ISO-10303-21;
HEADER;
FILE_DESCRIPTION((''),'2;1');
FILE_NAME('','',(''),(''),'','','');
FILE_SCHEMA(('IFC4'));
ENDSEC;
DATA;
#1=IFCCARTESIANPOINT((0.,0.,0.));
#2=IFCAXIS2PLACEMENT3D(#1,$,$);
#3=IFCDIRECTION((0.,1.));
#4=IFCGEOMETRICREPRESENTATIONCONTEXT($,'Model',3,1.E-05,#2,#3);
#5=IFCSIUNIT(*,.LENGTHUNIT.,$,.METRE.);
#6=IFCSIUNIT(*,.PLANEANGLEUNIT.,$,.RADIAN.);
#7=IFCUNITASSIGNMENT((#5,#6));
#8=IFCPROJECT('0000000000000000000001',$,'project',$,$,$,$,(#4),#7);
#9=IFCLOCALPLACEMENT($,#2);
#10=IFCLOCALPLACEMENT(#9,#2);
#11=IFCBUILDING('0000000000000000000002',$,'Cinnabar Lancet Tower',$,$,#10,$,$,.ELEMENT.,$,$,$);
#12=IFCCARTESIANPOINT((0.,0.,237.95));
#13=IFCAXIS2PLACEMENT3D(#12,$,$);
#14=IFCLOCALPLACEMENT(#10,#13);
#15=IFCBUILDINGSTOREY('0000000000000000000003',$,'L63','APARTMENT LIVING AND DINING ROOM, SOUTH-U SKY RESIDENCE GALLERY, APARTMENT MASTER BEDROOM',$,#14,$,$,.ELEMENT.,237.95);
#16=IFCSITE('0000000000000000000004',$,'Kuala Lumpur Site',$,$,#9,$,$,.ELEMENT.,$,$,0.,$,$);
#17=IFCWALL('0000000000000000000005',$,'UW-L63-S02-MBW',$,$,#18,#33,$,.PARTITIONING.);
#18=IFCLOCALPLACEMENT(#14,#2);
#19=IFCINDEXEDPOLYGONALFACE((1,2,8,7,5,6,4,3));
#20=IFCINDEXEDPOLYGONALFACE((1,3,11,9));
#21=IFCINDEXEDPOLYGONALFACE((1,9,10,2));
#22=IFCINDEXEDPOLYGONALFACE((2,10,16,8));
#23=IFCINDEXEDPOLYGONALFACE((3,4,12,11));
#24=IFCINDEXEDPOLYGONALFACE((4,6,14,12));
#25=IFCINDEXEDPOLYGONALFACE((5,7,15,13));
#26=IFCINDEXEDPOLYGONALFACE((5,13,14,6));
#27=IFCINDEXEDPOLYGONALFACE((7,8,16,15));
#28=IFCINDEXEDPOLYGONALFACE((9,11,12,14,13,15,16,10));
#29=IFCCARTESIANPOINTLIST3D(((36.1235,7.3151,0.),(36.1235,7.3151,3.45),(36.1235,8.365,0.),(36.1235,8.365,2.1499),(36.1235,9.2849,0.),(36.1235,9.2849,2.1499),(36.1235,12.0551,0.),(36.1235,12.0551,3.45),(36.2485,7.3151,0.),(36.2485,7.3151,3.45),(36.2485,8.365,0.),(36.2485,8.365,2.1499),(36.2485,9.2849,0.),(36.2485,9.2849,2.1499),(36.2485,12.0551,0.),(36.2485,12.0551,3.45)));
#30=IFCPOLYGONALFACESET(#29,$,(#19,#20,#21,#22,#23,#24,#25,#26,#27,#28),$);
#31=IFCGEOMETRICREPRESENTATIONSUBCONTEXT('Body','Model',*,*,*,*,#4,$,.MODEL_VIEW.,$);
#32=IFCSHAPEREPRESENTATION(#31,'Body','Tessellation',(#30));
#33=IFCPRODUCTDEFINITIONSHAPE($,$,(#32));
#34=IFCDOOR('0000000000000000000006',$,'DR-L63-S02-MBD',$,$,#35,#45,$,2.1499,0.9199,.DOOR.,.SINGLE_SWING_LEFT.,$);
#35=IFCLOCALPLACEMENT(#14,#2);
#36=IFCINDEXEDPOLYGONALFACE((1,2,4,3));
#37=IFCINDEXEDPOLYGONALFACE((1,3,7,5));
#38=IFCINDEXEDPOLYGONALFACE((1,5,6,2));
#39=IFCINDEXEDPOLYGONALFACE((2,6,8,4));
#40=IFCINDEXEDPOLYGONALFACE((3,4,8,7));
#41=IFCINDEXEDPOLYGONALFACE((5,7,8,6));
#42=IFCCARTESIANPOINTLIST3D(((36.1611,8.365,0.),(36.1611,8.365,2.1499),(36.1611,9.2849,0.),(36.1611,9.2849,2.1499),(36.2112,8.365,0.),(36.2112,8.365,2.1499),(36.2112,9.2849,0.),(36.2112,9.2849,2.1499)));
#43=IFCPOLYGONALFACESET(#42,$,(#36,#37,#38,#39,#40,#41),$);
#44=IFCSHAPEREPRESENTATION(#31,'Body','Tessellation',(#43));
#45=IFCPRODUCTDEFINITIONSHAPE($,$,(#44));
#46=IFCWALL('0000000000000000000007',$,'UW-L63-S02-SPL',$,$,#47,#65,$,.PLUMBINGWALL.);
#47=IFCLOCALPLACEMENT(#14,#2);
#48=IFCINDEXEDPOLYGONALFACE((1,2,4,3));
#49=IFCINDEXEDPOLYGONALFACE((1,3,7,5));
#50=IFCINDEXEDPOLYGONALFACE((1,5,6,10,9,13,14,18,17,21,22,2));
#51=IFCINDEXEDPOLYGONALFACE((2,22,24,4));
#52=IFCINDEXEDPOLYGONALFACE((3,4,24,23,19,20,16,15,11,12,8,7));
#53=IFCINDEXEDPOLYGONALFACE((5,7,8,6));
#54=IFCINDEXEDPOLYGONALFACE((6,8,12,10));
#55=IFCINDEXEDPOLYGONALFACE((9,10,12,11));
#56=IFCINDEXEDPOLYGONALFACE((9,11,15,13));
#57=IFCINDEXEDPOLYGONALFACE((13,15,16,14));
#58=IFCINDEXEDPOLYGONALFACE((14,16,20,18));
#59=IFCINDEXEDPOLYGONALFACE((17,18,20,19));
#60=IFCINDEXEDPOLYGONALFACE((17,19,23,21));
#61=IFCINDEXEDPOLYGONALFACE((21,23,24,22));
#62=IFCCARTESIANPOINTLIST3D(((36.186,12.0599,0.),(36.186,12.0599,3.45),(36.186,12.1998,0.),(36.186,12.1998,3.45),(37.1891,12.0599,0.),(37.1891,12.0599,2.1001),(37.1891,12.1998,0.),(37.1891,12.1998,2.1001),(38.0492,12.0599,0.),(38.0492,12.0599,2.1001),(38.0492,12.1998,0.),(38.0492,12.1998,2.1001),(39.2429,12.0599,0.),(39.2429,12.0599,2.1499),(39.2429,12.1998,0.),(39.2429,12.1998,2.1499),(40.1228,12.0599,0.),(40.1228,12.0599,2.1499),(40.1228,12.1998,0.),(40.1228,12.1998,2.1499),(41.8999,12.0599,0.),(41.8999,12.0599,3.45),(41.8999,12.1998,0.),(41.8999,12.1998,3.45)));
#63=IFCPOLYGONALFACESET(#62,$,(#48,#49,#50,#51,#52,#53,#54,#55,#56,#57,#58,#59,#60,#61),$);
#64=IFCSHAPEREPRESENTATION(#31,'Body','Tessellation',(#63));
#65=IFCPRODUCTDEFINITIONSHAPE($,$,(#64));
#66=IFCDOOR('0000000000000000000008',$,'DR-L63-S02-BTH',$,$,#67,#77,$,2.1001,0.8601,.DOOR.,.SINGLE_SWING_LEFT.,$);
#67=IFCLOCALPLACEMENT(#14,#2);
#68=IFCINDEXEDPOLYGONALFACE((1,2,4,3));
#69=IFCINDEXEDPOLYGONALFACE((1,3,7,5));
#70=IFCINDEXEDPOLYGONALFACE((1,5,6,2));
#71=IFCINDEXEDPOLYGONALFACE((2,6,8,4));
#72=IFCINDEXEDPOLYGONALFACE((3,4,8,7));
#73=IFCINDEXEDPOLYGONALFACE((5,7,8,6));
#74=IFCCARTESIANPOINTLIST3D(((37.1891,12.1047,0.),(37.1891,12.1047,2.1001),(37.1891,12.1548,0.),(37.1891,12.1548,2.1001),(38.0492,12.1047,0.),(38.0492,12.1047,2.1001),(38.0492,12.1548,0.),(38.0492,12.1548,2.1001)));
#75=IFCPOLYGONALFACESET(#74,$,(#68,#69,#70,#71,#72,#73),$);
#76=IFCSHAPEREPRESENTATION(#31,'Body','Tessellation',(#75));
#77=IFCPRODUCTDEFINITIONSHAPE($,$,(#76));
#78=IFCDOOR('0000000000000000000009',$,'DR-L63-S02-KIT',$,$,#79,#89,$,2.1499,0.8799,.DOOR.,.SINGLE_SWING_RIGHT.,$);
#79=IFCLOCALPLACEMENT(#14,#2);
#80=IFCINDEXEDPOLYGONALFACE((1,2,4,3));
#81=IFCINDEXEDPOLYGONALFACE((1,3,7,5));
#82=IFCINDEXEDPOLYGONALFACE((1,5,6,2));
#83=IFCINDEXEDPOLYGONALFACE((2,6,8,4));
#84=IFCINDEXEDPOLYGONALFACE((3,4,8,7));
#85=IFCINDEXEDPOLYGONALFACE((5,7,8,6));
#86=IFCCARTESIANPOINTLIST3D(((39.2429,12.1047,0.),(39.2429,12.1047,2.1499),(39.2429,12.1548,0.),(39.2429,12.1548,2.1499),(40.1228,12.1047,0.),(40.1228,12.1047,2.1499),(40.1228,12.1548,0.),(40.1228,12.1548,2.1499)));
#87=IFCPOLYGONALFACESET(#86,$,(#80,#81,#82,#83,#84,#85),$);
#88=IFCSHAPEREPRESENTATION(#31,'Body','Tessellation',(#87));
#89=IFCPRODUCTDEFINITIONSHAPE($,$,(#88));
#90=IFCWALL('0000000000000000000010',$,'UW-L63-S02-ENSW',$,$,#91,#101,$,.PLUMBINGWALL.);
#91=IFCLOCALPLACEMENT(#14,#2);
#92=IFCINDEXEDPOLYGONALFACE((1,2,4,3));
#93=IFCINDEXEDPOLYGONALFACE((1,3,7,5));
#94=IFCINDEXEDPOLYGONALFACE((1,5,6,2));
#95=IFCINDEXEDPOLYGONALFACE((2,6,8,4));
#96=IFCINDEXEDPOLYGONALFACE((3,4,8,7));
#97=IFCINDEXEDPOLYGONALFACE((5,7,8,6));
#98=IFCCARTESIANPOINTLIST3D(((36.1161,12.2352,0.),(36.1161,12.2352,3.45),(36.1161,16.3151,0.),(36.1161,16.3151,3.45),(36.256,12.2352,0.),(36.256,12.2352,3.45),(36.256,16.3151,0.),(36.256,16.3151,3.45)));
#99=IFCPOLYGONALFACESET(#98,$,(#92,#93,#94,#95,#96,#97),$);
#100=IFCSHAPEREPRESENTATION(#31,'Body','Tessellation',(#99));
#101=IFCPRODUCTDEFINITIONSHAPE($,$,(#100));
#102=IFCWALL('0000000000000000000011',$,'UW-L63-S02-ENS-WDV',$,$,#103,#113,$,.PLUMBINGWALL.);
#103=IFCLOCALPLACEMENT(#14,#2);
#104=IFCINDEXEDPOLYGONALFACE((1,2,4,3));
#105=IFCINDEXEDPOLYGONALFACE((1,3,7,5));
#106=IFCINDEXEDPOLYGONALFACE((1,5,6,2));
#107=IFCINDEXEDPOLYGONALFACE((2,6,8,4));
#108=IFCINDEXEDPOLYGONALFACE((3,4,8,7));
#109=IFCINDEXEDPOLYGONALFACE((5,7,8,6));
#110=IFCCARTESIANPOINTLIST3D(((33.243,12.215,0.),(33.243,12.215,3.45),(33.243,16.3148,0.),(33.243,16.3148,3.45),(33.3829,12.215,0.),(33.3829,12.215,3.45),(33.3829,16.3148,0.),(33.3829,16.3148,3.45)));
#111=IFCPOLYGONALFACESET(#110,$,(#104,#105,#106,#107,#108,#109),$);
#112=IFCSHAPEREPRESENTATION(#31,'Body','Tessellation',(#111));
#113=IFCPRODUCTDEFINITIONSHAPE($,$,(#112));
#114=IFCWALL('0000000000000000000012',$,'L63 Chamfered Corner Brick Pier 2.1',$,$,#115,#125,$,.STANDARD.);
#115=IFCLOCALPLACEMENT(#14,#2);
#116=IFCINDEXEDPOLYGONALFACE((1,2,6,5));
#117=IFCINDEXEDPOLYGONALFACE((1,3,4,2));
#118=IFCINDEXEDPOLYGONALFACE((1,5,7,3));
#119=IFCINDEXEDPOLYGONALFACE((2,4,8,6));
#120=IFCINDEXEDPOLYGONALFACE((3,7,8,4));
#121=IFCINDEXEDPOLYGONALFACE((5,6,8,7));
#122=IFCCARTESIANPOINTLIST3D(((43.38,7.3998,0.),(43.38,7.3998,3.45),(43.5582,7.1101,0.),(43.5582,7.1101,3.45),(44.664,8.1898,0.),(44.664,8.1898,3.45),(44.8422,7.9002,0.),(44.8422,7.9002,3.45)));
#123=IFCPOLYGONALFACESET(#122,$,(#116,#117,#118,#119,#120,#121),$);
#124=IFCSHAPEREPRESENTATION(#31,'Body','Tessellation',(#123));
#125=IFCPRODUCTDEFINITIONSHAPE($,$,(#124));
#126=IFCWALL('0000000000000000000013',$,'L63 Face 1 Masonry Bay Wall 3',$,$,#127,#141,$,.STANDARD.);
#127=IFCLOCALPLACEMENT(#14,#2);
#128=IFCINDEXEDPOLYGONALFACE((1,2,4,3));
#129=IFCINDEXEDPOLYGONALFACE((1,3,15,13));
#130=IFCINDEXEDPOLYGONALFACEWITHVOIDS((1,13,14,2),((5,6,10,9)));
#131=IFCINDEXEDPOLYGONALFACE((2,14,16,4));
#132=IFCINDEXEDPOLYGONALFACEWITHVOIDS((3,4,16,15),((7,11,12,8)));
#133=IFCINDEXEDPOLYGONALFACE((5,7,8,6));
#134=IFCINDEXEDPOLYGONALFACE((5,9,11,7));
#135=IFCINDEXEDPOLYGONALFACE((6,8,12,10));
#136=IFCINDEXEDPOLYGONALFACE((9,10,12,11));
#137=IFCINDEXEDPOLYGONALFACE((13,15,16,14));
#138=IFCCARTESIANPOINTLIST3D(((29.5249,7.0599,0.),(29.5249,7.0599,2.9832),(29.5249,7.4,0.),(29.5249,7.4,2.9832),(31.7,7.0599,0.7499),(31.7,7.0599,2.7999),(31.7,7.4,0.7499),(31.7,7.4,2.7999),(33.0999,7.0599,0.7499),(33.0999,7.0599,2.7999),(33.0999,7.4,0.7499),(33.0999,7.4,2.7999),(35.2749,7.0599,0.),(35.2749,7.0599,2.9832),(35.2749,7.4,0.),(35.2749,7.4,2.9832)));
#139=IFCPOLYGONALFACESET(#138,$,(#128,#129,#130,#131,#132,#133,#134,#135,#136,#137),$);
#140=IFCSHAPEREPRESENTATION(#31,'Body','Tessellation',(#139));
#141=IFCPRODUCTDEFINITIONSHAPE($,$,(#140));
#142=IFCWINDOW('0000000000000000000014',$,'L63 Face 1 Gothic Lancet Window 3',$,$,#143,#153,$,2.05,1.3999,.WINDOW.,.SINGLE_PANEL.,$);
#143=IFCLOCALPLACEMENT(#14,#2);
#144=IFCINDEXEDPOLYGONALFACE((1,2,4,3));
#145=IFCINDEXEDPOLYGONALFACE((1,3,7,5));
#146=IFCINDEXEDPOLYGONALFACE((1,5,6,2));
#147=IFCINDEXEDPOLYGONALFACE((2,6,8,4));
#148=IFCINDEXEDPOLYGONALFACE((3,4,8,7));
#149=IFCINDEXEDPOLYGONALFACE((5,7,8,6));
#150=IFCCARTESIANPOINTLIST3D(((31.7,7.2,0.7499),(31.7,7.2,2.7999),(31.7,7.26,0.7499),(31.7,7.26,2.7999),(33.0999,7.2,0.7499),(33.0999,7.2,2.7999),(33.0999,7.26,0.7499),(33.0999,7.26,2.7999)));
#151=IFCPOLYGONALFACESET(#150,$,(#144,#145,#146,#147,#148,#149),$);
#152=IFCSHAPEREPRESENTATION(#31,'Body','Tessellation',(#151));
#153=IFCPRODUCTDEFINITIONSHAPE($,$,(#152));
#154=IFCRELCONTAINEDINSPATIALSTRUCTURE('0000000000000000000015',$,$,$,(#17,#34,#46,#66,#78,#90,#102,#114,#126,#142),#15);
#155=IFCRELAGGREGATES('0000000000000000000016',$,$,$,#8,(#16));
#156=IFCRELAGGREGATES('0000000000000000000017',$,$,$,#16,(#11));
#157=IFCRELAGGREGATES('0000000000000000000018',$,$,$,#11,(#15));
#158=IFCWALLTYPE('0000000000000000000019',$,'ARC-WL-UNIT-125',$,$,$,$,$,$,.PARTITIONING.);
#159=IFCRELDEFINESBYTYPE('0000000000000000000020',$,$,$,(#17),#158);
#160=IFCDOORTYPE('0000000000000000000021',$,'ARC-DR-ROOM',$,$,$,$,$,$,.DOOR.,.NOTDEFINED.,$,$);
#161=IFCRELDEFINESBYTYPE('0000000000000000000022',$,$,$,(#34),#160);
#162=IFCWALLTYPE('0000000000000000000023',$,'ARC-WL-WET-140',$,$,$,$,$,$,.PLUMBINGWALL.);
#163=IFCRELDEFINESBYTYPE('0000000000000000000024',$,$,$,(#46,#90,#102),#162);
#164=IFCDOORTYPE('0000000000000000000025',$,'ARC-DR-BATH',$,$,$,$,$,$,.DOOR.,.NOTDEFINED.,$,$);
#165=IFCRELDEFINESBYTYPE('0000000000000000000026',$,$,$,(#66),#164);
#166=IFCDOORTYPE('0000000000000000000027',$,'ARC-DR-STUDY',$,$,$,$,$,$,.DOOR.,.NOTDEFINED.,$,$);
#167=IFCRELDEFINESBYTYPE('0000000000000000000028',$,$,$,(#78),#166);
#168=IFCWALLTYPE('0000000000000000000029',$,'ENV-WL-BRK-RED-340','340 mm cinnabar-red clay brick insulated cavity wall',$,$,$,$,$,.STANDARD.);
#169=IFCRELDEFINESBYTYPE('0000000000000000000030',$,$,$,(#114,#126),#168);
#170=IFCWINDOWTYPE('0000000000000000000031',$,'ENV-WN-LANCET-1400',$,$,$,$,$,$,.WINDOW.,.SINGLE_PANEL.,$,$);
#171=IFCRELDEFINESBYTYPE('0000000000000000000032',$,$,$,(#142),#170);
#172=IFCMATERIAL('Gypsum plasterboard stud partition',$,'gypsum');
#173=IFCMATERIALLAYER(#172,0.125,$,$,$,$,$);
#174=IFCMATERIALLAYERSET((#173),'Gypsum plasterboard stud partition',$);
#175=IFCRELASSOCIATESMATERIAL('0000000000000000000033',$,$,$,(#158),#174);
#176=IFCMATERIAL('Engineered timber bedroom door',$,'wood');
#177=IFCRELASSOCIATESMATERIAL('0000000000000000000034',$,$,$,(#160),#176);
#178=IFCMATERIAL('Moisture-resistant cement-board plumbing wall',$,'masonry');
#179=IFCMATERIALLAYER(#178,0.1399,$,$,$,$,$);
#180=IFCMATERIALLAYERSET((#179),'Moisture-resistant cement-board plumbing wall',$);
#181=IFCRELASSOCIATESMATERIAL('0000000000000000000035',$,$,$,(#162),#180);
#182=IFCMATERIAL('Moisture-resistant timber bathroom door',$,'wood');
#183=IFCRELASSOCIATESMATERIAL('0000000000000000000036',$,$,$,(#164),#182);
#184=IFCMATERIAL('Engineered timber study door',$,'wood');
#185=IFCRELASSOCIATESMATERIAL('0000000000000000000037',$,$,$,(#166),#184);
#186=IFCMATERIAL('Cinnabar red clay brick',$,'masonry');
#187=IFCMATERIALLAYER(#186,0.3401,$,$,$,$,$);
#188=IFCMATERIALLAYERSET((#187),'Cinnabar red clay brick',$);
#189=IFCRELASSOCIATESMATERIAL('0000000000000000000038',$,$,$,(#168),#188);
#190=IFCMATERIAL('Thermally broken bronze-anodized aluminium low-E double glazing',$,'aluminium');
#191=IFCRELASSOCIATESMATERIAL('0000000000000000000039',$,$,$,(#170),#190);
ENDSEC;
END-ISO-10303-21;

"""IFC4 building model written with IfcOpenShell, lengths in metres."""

from ifc_helpers import new_model, si_unit, direction, frame, frame_2d, origin, place, context, subcontext, project, spatial, rectangle, extrude, material, layer, layer_set, type_object, element, fill, save


model = new_model("IFC4")

# Units and contexts
model_context = context("Model", 3, precision=1e-05, world=origin(), true_north=direction((0.0, 1.0)))
body_context = subcontext(model_context, "Body", "Model", "MODEL_VIEW")
ifc_project = project(units=[si_unit("LENGTHUNIT", "METRE"), si_unit("PLANEANGLEUNIT", "RADIAN")], contexts=[model_context])

# Site, building, storey
site_placement = place(None, origin())
site = spatial("IfcSite", under=ifc_project, at=site_placement, Name="Kuala Lumpur Site", CompositionType="ELEMENT", RefElevation=0.0)
building_placement = place(site_placement, origin())
building = spatial("IfcBuilding", under=site, at=building_placement, Name="Cinnabar Lancet Tower", CompositionType="ELEMENT")
storey_placement = place(building_placement, frame((0.0, 0.0, 237.95)))
storey = spatial("IfcBuildingStorey", under=building, at=storey_placement, Name="L63", Description="APARTMENT LIVING AND DINING ROOM, SOUTH-U SKY RESIDENCE GALLERY, APARTMENT MASTER BEDROOM", CompositionType="ELEMENT", Elevation=237.95)

# Wall, opening, door
ifc_material_1 = material(Name="Gypsum plasterboard stud partition", Category="gypsum")
ifc_layer_1 = layer(ifc_material_1, 0.125)
ifc_layer_set_1 = layer_set([ifc_layer_1], Name="Gypsum plasterboard stud partition")
wall_type_1 = type_object("IfcWallType", Name="ARC-WL-UNIT-125", PredefinedType="PARTITIONING", material=ifc_layer_set_1)
wall_1_placement = place(storey_placement, frame((36.186, 7.3149, 0.0), z_axis=(0.0, 0.0, 1.0), x_axis=(0.0, 1.0, 0.0)))
wall_1 = element("IfcWall", 1, at=wall_1_placement, inside=storey, type_object=wall_type_1, Name="UW-L63-S02-MBW", PredefinedType="PARTITIONING", context=body_context, shape_type="SweptSolid", body=[
    extrude(rectangle(XDim=4.74, YDim=0.125, at=frame_2d((2.3701, 0.0))), origin(), (0.0, 0.0, 1.0), 3.45),
])
opening_1_placement = place(wall_1_placement, frame((1.05, 0.0, 0.0)))
opening_1 = element("IfcOpeningElement", 2, at=opening_1_placement, cuts=wall_1, PredefinedType="OPENING", context=body_context, shape_type="SweptSolid", body=[
    extrude(rectangle(XDim=0.9199, YDim=2.1499, at=frame_2d((0.46, 1.075))), frame((0.0, 0.0725, 0.0), z_axis=(0.0, -1.0, 0.0), x_axis=(1.0, 0.0, 0.0)), (0.0, 0.0, 1.0), 0.145),
])
ifc_material_2 = material(Name="Engineered timber bedroom door", Category="wood")
door_type_1 = type_object("IfcDoorType", Name="ARC-DR-ROOM", OperationType="NOTDEFINED", PredefinedType="DOOR", material=ifc_material_2)
door_1_placement = place(opening_1_placement, origin())
door_1 = element("IfcDoor", 3, at=door_1_placement, inside=storey, type_object=door_type_1, Name="DR-L63-S02-MBD", OperationType="SINGLE_SWING_LEFT", OverallHeight=2.1499, OverallWidth=0.9199, PredefinedType="DOOR", context=body_context, shape_type="SweptSolid", body=[
    extrude(rectangle(XDim=0.9199, YDim=2.1499, at=frame_2d((0.46, 1.075))), frame((0.0, 0.0249, 0.0), z_axis=(0.0, -1.0, 0.0), x_axis=(1.0, 0.0, 0.0)), (0.0, 0.0, 1.0), 0.05),
])
fill(opening_1, door_1)

# Wall, openings, doors
ifc_material_3 = material(Name="Moisture-resistant cement-board plumbing wall", Category="masonry")
ifc_layer_2 = layer(ifc_material_3, 0.1399)
ifc_layer_set_2 = layer_set([ifc_layer_2], Name="Moisture-resistant cement-board plumbing wall")
wall_type_2 = type_object("IfcWallType", Name="ARC-WL-WET-140", PredefinedType="PLUMBINGWALL", material=ifc_layer_set_2)
wall_2_placement = place(storey_placement, frame((36.186, 12.1299, 0.0), z_axis=(0.0, 0.0, 1.0), x_axis=(1.0, 0.0, 0.0)))
wall_2 = element("IfcWall", 4, at=wall_2_placement, inside=storey, type_object=wall_type_2, Name="UW-L63-S02-SPL", PredefinedType="PLUMBINGWALL", context=body_context, shape_type="SweptSolid", body=[
    extrude(rectangle(XDim=5.7139, YDim=0.1399, at=frame_2d((2.8569, 0.0))), origin(), (0.0, 0.0, 1.0), 3.45),
])
opening_2_placement = place(wall_2_placement, frame((1.0029, 0.0, 0.0)))
opening_2 = element("IfcOpeningElement", 5, at=opening_2_placement, cuts=wall_2, PredefinedType="OPENING", context=body_context, shape_type="SweptSolid", body=[
    extrude(rectangle(XDim=0.8601, YDim=2.1001, at=frame_2d((0.4302, 1.05))), frame((0.0, 0.0798, 0.0), z_axis=(0.0, -1.0, 0.0), x_axis=(1.0, 0.0, 0.0)), (0.0, 0.0, 1.0), 0.1599),
])
opening_3_placement = place(wall_2_placement, frame((3.0569, 0.0, 0.0)))
opening_3 = element("IfcOpeningElement", 6, at=opening_3_placement, cuts=wall_2, PredefinedType="OPENING", context=body_context, shape_type="SweptSolid", body=[
    extrude(rectangle(XDim=0.8799, YDim=2.1499, at=frame_2d((0.4399, 1.075))), frame((0.0, 0.0798, 0.0), z_axis=(0.0, -1.0, 0.0), x_axis=(1.0, 0.0, 0.0)), (0.0, 0.0, 1.0), 0.1599),
])
ifc_material_4 = material(Name="Moisture-resistant timber bathroom door", Category="wood")
door_type_2 = type_object("IfcDoorType", Name="ARC-DR-BATH", OperationType="NOTDEFINED", PredefinedType="DOOR", material=ifc_material_4)
door_2_placement = place(opening_2_placement, origin())
door_2 = element("IfcDoor", 7, at=door_2_placement, inside=storey, type_object=door_type_2, Name="DR-L63-S02-BTH", OperationType="SINGLE_SWING_LEFT", OverallHeight=2.1001, OverallWidth=0.8601, PredefinedType="DOOR", context=body_context, shape_type="SweptSolid", body=[
    extrude(rectangle(XDim=0.8601, YDim=2.1001, at=frame_2d((0.4302, 1.05))), frame((0.0, 0.0249, 0.0), z_axis=(0.0, -1.0, 0.0), x_axis=(1.0, 0.0, 0.0)), (0.0, 0.0, 1.0), 0.05),
])
fill(opening_2, door_2)
ifc_material_5 = material(Name="Engineered timber study door", Category="wood")
door_type_3 = type_object("IfcDoorType", Name="ARC-DR-STUDY", OperationType="NOTDEFINED", PredefinedType="DOOR", material=ifc_material_5)
door_3_placement = place(opening_3_placement, origin())
door_3 = element("IfcDoor", 8, at=door_3_placement, inside=storey, type_object=door_type_3, Name="DR-L63-S02-KIT", OperationType="SINGLE_SWING_RIGHT", OverallHeight=2.1499, OverallWidth=0.8799, PredefinedType="DOOR", context=body_context, shape_type="SweptSolid", body=[
    extrude(rectangle(XDim=0.8799, YDim=2.1499, at=frame_2d((0.4399, 1.075))), frame((0.0, 0.0249, 0.0), z_axis=(0.0, -1.0, 0.0), x_axis=(1.0, 0.0, 0.0)), (0.0, 0.0, 1.0), 0.05),
])
fill(opening_3, door_3)

# Walls
wall_3_placement = place(storey_placement, frame((36.186, 12.2351, 0.0), z_axis=(0.0, 0.0, 1.0), x_axis=(0.0, 1.0, 0.0)))
element("IfcWall", 9, at=wall_3_placement, inside=storey, type_object=wall_type_2, Name="UW-L63-S02-ENSW", PredefinedType="PLUMBINGWALL", context=body_context, shape_type="SweptSolid", body=[
    extrude(rectangle(XDim=4.0798, YDim=0.1399, at=frame_2d((2.04, 0.0))), origin(), (0.0, 0.0, 1.0), 3.45),
])
wall_4_placement = place(storey_placement, frame((33.313, 12.2151, 0.0), z_axis=(0.0, 0.0, 1.0), x_axis=(0.0, 1.0, 0.0)))
element("IfcWall", 10, at=wall_4_placement, inside=storey, type_object=wall_type_2, Name="UW-L63-S02-ENS-WDV", PredefinedType="PLUMBINGWALL", context=body_context, shape_type="SweptSolid", body=[
    extrude(rectangle(XDim=4.0999, YDim=0.1399, at=frame_2d((2.0498, 0.0))), origin(), (0.0, 0.0, 1.0), 3.45),
])
ifc_material_6 = material(Name="Cinnabar red clay brick", Category="masonry")
ifc_layer_3 = layer(ifc_material_6, 0.3401)
ifc_layer_set_3 = layer_set([ifc_layer_3], Name="Cinnabar red clay brick")
wall_type_3 = type_object("IfcWallType", Name="ENV-WL-BRK-RED-340", Description="340 mm cinnabar-red clay brick insulated cavity wall", PredefinedType="STANDARD", material=ifc_layer_set_3)
wall_5_placement = place(storey_placement, frame((43.469, 7.2549, 0.0), z_axis=(0.0, 0.0, 1.0), x_axis=(0.851681, 0.524061, 0.0)))
element("IfcWall", 11, at=wall_5_placement, inside=storey, type_object=wall_type_3, Name="L63 Chamfered Corner Brick Pier 2.1", PredefinedType="STANDARD", context=body_context, shape_type="SweptSolid", body=[
    extrude(rectangle(XDim=1.5076, YDim=0.3401, at=frame_2d((0.7539, 0.0))), origin(), (0.0, 0.0, 1.0), 3.45),
])

# Wall, opening, window
wall_6_placement = place(storey_placement, frame((29.5249, 7.23, 0.0), z_axis=(0.0, 0.0, 1.0), x_axis=(1.0, 0.0, 0.0)))
wall_6 = element("IfcWall", 12, at=wall_6_placement, inside=storey, type_object=wall_type_3, Name="L63 Face 1 Masonry Bay Wall 3", PredefinedType="STANDARD", context=body_context, shape_type="SweptSolid", body=[
    extrude(rectangle(XDim=5.75, YDim=0.3401, at=frame_2d((2.875, 0.0))), origin(), (0.0, 0.0, 1.0), 2.9832),
])
opening_4_placement = place(wall_6_placement, frame((2.175, 0.0, 0.75)))
opening_4 = element("IfcOpeningElement", 13, at=opening_4_placement, cuts=wall_6, PredefinedType="OPENING", context=body_context, shape_type="SweptSolid", body=[
    extrude(rectangle(XDim=1.3999, YDim=2.05, at=frame_2d((0.7, 1.0249))), frame((0.0, 0.1799, 0.0), z_axis=(0.0, -1.0, 0.0), x_axis=(1.0, 0.0, 0.0)), (0.0, 0.0, 1.0), 0.3601),
])
ifc_material_7 = material(Name="Thermally broken bronze-anodized aluminium low-E double glazing", Category="aluminium")
window_type_1 = type_object("IfcWindowType", Name="ENV-WN-LANCET-1400", PartitioningType="SINGLE_PANEL", PredefinedType="WINDOW", material=ifc_material_7)
window_1_placement = place(opening_4_placement, origin())
window_1 = element("IfcWindow", 14, at=window_1_placement, inside=storey, type_object=window_type_1, Name="L63 Face 1 Gothic Lancet Window 3", OverallHeight=2.05, OverallWidth=1.3999, PartitioningType="SINGLE_PANEL", PredefinedType="WINDOW", context=body_context, shape_type="SweptSolid", body=[
    extrude(rectangle(XDim=1.3999, YDim=2.05, at=frame_2d((0.7, 1.0249))), frame((0.0, 0.03, 0.0), z_axis=(0.0, -1.0, 0.0), x_axis=(1.0, 0.0, 0.0)), (0.0, 0.0, 1.0), 0.0601),
])
fill(opening_4, window_1)

save(model, "model.ifc")
